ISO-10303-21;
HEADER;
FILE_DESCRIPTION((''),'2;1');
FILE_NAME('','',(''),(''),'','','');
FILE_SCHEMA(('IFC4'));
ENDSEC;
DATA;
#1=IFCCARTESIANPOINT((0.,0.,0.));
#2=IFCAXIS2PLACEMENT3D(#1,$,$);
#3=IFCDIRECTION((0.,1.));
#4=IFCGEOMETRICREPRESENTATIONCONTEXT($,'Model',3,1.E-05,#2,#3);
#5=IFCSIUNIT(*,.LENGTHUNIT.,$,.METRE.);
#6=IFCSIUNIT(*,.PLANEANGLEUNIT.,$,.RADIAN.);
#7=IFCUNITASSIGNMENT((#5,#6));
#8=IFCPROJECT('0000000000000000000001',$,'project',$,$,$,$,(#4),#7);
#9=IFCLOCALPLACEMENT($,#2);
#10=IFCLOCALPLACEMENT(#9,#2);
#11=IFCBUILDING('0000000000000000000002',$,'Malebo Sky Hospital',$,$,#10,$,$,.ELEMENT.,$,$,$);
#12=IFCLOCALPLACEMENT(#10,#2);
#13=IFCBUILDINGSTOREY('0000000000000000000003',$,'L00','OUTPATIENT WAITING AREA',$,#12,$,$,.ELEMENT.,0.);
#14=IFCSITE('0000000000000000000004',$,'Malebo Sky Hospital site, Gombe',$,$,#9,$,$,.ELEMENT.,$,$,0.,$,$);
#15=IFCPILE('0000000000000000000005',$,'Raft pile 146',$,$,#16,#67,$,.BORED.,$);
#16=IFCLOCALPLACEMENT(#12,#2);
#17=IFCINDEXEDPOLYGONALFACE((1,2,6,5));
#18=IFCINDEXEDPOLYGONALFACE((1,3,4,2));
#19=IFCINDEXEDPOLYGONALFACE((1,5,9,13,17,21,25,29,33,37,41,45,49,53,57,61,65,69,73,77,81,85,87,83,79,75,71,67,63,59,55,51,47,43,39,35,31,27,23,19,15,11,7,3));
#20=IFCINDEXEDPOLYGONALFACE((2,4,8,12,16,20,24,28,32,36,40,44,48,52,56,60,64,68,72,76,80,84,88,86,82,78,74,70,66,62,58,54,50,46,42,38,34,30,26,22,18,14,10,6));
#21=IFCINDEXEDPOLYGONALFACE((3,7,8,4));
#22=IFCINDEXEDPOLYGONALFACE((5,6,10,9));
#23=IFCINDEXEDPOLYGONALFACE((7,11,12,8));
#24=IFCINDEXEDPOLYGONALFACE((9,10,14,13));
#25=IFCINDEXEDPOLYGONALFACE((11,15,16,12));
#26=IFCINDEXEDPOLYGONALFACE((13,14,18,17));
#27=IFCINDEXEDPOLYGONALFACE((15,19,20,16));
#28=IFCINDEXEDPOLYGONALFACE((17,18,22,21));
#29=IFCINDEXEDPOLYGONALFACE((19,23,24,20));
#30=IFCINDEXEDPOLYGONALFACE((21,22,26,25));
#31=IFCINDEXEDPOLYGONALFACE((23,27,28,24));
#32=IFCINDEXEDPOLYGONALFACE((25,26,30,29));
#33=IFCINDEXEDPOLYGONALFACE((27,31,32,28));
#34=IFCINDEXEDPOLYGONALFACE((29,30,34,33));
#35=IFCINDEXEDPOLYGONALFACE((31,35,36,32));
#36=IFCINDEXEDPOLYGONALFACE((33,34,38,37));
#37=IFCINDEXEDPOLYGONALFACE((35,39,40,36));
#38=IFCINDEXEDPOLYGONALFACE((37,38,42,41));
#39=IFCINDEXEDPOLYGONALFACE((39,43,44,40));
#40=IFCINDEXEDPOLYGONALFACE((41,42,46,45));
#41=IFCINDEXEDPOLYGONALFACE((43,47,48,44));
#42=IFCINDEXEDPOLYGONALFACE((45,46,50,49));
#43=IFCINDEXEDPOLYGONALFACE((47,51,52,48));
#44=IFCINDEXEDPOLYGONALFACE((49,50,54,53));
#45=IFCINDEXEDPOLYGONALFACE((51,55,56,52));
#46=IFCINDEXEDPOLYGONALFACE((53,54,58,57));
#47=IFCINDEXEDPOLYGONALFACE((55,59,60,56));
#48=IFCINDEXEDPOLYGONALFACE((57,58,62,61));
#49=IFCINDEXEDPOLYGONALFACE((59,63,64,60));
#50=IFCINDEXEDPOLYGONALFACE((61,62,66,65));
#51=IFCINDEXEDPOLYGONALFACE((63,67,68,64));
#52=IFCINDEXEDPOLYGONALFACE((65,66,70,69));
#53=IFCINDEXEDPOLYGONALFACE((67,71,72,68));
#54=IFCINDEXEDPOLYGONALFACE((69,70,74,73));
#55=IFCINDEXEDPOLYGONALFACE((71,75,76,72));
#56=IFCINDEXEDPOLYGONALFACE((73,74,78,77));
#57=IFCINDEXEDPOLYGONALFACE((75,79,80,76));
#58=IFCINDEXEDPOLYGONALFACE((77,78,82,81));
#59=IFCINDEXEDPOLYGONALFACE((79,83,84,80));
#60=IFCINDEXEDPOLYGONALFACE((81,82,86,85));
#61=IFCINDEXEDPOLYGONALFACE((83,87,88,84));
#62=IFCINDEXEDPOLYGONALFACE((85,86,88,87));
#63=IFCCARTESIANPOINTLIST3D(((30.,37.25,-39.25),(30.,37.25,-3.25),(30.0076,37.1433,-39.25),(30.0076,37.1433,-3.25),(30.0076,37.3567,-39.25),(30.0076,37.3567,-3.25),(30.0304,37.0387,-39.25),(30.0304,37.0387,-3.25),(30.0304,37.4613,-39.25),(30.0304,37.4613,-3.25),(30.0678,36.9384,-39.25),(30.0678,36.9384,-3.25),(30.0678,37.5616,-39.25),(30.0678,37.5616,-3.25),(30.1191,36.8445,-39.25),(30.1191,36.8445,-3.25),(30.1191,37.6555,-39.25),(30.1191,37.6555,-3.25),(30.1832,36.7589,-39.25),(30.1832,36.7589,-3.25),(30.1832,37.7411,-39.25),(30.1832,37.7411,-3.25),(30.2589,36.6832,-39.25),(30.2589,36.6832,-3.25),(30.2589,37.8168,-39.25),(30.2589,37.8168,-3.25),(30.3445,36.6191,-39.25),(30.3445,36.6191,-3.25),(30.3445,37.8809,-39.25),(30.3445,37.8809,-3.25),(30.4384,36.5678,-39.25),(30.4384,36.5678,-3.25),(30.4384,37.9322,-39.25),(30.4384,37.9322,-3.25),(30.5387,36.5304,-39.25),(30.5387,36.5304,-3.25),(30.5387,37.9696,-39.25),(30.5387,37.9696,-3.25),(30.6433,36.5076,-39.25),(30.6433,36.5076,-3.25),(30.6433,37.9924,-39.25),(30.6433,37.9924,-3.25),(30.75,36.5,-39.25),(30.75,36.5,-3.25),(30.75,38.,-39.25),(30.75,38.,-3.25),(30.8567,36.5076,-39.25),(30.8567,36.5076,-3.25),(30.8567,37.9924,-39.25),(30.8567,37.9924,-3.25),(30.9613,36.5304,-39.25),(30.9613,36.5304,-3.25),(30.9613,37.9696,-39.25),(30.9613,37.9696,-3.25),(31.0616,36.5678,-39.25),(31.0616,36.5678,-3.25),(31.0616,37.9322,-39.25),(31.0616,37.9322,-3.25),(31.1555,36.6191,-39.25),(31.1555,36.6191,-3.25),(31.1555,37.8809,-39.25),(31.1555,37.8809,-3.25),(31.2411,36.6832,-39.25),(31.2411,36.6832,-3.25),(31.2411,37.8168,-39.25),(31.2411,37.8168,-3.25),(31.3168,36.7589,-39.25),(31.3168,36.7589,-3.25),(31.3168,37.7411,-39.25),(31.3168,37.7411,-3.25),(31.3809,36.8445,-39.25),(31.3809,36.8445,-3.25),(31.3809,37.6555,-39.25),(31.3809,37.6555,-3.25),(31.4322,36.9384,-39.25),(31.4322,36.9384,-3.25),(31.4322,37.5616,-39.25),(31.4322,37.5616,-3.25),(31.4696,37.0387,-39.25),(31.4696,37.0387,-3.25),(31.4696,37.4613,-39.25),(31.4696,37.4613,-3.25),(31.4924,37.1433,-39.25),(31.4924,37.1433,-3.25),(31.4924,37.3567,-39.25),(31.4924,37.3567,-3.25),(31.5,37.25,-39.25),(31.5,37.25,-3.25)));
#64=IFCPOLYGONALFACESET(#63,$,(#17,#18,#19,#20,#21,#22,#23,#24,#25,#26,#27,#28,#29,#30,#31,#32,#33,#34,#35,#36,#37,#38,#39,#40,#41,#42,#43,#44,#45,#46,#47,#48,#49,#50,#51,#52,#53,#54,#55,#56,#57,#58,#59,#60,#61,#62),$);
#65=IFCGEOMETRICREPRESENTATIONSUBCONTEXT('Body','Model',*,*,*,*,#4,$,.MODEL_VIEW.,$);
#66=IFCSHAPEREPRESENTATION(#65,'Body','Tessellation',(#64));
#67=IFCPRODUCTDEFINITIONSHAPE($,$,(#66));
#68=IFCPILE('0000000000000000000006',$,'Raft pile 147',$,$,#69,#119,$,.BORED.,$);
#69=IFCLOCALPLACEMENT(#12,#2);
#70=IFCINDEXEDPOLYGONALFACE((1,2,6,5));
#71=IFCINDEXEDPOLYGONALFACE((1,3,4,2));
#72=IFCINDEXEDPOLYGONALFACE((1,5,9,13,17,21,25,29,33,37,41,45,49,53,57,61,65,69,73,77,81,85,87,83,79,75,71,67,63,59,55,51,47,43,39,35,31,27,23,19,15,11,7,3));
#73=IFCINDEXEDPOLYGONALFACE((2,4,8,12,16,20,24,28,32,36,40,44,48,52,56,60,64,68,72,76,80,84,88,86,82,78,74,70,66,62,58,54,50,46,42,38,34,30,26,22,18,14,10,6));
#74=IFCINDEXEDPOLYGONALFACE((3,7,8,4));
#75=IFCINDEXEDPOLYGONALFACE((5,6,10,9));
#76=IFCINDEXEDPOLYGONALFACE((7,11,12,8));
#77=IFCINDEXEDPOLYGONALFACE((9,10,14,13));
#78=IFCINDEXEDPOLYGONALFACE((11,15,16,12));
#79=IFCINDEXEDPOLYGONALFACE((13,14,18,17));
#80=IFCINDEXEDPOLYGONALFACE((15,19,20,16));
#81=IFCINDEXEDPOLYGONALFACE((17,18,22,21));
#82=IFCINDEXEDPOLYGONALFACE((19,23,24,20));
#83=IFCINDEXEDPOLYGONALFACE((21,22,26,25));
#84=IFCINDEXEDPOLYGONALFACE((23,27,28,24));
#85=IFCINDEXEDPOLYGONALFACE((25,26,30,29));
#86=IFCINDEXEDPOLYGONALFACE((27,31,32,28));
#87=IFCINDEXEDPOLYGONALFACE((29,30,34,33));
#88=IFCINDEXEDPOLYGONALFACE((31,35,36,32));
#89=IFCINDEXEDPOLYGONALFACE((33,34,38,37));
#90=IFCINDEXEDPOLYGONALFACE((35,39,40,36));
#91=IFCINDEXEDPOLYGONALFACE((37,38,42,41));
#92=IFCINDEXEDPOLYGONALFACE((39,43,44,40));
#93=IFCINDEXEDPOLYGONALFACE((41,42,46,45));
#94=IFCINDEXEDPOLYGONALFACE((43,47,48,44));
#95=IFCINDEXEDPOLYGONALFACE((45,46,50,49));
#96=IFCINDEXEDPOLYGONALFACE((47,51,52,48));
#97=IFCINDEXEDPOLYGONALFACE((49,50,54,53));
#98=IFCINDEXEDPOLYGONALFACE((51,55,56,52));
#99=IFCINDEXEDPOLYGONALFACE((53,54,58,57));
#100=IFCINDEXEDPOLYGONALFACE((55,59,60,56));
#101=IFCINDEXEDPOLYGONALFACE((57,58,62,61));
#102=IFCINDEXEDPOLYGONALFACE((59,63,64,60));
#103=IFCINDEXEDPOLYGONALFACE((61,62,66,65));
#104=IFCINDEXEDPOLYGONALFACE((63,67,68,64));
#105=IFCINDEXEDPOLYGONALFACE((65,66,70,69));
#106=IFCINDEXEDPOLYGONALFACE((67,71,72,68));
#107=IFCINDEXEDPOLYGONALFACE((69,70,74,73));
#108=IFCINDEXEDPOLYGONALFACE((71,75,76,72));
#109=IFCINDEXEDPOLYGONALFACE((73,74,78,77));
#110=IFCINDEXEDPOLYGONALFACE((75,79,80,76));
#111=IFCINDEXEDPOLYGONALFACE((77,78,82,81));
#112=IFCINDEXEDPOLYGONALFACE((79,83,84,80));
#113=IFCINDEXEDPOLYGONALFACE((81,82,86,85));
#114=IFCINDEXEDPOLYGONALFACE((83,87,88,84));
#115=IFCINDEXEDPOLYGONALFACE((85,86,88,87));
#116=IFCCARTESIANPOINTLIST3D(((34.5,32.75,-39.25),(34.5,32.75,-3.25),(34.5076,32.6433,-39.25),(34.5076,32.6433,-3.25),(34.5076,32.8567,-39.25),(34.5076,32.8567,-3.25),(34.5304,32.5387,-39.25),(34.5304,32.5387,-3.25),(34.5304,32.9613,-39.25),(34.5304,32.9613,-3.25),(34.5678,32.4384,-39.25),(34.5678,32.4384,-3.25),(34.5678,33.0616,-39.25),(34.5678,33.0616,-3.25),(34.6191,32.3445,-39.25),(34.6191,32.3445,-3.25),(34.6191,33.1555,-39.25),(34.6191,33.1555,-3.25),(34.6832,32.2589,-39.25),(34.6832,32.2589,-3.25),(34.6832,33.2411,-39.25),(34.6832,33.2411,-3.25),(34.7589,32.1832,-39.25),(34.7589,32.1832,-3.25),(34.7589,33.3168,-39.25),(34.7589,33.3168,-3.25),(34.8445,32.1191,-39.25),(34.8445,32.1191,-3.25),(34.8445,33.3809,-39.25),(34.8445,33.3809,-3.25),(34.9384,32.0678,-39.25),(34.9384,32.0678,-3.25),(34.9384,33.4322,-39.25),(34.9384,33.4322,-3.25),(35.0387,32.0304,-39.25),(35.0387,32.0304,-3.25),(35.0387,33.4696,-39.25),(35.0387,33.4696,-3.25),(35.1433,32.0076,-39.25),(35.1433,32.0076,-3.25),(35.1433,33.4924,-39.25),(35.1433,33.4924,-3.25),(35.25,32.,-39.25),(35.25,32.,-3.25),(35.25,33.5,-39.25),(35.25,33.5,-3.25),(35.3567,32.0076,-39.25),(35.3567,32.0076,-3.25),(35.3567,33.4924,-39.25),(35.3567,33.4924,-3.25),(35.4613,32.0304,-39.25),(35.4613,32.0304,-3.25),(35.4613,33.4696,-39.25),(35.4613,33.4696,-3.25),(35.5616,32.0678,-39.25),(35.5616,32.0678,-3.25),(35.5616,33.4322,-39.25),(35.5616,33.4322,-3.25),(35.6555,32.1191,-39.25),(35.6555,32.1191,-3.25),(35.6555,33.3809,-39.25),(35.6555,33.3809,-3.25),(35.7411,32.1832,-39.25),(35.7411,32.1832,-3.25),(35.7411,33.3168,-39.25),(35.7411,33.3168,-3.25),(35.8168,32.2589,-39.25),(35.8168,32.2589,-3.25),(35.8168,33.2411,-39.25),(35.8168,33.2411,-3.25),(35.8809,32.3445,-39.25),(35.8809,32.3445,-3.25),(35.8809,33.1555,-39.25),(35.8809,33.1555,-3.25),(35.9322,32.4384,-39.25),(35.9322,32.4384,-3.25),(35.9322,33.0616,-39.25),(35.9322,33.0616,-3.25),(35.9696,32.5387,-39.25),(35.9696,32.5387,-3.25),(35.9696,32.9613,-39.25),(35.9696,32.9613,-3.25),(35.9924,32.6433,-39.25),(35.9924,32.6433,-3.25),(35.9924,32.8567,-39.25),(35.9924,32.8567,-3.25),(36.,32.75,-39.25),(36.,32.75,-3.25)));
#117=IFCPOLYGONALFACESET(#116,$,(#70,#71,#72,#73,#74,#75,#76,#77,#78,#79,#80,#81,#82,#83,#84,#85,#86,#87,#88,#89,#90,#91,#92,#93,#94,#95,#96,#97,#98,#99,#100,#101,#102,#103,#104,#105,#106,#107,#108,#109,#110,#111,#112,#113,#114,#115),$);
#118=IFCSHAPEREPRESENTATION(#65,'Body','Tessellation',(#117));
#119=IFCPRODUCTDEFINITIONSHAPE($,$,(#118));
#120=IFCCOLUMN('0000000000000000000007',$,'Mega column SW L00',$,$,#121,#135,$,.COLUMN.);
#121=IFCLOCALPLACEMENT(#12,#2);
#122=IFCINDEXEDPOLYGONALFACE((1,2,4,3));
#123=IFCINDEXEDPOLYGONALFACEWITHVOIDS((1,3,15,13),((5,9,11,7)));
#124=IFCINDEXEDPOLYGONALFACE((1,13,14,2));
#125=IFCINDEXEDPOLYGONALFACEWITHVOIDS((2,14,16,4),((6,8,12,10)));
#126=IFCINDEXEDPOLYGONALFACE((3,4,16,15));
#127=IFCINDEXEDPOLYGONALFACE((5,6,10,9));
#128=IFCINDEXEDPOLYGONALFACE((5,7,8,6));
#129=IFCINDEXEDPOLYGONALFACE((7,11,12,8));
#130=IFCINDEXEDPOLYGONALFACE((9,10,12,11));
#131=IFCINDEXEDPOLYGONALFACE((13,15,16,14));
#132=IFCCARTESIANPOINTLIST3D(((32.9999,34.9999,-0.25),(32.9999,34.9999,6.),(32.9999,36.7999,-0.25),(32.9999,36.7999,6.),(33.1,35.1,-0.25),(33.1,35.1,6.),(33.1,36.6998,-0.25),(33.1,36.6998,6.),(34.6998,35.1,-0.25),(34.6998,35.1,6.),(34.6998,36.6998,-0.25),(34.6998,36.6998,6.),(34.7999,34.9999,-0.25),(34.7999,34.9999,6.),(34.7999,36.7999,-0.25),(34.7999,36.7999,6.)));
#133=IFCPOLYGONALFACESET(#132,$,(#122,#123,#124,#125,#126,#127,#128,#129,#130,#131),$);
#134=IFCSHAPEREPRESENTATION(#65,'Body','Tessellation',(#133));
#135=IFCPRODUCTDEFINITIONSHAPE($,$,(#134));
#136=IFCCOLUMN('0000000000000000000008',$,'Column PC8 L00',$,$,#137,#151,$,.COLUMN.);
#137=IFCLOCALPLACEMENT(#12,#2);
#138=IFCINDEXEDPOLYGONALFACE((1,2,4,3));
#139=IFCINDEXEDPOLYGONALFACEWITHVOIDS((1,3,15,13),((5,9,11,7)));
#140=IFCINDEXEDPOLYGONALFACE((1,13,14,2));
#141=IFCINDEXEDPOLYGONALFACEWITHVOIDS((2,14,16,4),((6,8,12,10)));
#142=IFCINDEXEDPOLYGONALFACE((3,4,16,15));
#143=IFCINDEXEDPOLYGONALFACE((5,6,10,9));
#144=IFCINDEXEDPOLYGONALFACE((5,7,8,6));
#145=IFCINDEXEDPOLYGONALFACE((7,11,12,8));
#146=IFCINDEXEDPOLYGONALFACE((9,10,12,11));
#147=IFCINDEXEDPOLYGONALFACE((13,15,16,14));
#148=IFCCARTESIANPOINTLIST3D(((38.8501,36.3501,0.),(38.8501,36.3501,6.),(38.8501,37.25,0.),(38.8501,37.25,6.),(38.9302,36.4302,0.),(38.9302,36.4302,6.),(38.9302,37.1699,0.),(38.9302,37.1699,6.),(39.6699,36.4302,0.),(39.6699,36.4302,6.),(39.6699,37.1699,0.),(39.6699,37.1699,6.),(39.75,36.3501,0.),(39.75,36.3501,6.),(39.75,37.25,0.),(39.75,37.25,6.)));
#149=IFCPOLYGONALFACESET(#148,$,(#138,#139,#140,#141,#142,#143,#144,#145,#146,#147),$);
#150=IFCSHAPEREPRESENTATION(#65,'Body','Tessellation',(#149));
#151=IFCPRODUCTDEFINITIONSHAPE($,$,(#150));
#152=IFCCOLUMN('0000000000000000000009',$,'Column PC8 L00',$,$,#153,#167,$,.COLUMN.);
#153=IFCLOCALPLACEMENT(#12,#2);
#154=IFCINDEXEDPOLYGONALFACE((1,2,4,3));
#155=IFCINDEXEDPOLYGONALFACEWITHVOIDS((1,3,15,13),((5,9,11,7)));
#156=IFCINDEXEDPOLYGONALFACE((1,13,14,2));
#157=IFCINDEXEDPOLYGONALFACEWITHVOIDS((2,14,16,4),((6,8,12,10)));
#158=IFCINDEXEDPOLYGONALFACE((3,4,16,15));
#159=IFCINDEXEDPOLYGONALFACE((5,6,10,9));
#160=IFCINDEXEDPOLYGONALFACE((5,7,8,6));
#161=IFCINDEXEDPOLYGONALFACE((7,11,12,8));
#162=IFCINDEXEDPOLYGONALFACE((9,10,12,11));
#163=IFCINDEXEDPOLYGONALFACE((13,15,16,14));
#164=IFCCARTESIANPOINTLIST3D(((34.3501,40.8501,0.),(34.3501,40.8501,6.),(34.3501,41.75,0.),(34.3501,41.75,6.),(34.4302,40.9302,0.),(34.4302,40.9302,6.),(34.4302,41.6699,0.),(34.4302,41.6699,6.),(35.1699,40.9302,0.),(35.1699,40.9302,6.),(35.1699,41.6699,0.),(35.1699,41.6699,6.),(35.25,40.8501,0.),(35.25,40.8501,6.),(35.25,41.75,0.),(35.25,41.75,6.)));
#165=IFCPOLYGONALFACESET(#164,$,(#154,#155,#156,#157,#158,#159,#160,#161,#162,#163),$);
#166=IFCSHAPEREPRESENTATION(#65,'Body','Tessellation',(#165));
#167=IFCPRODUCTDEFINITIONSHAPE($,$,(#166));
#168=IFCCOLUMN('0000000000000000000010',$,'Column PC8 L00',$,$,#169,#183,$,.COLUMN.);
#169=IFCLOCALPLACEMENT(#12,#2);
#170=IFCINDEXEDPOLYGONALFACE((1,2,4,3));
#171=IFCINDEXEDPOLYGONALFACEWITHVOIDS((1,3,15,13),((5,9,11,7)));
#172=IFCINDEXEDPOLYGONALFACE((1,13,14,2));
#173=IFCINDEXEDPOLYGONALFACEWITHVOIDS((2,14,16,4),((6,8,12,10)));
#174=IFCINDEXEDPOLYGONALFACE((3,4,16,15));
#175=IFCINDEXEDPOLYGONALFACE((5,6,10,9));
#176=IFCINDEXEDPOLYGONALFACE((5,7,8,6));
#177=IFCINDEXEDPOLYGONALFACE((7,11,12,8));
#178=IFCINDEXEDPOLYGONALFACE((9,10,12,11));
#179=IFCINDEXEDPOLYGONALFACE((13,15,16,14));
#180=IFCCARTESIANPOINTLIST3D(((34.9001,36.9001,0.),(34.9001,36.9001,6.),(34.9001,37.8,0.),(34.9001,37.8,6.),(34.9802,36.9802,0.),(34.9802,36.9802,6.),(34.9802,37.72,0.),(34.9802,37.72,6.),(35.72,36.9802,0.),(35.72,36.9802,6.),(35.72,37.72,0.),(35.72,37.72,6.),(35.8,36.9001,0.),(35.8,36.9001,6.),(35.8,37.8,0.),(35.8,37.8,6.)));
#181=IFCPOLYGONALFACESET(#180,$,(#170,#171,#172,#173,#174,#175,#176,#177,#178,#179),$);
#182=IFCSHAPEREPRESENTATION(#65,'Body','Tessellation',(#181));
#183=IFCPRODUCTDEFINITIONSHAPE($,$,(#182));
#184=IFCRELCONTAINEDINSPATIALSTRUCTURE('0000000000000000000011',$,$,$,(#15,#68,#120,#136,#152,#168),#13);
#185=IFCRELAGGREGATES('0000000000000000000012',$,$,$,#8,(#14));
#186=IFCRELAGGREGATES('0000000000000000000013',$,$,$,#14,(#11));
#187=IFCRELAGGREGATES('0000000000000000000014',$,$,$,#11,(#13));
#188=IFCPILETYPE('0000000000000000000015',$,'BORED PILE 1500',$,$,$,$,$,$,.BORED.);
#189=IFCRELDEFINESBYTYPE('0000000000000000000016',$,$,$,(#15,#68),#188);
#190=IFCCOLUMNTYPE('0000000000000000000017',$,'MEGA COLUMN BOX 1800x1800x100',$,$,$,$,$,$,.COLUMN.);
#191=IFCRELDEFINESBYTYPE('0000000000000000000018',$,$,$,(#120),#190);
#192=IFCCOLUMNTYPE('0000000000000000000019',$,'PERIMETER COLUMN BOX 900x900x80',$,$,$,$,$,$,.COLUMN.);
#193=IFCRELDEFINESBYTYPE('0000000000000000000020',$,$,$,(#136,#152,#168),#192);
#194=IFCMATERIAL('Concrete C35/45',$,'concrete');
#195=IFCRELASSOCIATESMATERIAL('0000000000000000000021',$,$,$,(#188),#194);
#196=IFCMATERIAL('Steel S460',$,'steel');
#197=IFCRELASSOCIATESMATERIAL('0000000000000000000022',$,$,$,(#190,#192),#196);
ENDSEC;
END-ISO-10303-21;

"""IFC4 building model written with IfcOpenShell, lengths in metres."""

from ifc_helpers import new_model, si_unit, direction, frame, origin, origin_2d, place, context, subcontext, project, spatial, hollow_rectangle, circle, extrude, material, material_profile, profile_set, type_object, element, save


model = new_model("IFC4")

# Units and contexts
model_context = context("Model", 3, precision=1e-05, world=origin(), true_north=direction((0.0, 1.0)))
body_context = subcontext(model_context, "Body", "Model", "MODEL_VIEW")
ifc_project = project(units=[si_unit("LENGTHUNIT", "METRE"), si_unit("PLANEANGLEUNIT", "RADIAN")], contexts=[model_context])

# Site, building, storey
site_placement = place(None, origin())
site = spatial("IfcSite", under=ifc_project, at=site_placement, Name="Malebo Sky Hospital site, Gombe", CompositionType="ELEMENT", RefElevation=0.0)
building_placement = place(site_placement, origin())
building = spatial("IfcBuilding", under=site, at=building_placement, Name="Malebo Sky Hospital", CompositionType="ELEMENT")
storey_placement = place(building_placement, origin())
storey = spatial("IfcBuildingStorey", under=building, at=storey_placement, Name="L00", Description="OUTPATIENT WAITING AREA", CompositionType="ELEMENT", Elevation=0.0)

# Piles
ifc_material_1 = material(Name="Concrete C35/45", Category="concrete")
ifc_material_profile_1 = material_profile(ifc_material_1, circle(Radius=0.75, at=origin_2d()), Name="BP 1500")
ifc_profile_set_1 = profile_set([ifc_material_profile_1], Name="Concrete C35/45")
pile_type = type_object("IfcPileType", Name="BORED PILE 1500", PredefinedType="BORED", material=ifc_profile_set_1)
for number, where, z_axis, x_axis, name in (
    (1, (30.75, 37.25, -3.25), (0.0, 0.0, -1.0), (1.0, 0.0, 0.0), "Raft pile 146"),
    (2, (35.25, 32.75, -3.25), (0.0, 0.0, -1.0), (1.0, 0.0, 0.0), "Raft pile 147"),
):
    element("IfcPile", number, at=place(storey_placement, frame(where, z_axis=z_axis, x_axis=x_axis)), inside=storey, type_object=pile_type, Name=name, PredefinedType="BORED", context=body_context, shape_type="SweptSolid", body=[
        extrude(circle(Radius=0.75, at=origin_2d()), origin(), (0.0, 0.0, 1.0), 36.0),
    ])

# Columns
ifc_material_2 = material(Name="Steel S460", Category="steel")
ifc_material_profile_2 = material_profile(ifc_material_2, hollow_rectangle(XDim=1.8, YDim=1.8, WallThickness=0.1001, at=origin_2d()), Name="BOX 1800x1800x100")
ifc_profile_set_2 = profile_set([ifc_material_profile_2], Name="Steel S460")
column_type_1 = type_object("IfcColumnType", Name="MEGA COLUMN BOX 1800x1800x100", PredefinedType="COLUMN", material=ifc_profile_set_2)
column_1_placement = place(storey_placement, frame((33.8999, 35.8999, -0.25), z_axis=(0.0, 0.0, 1.0), x_axis=(1.0, 0.0, 0.0)))
element("IfcColumn", 3, at=column_1_placement, inside=storey, type_object=column_type_1, Name="Mega column SW L00", PredefinedType="COLUMN", context=body_context, shape_type="SweptSolid", body=[
    extrude(hollow_rectangle(XDim=1.8, YDim=1.8, WallThickness=0.1001, at=origin_2d()), origin(), (0.0, 0.0, 1.0), 6.25),
])
ifc_material_profile_3 = material_profile(ifc_material_2, hollow_rectangle(XDim=0.8999, YDim=0.8999, WallThickness=0.0801, at=origin_2d()), Name="BOX 900x900x80")
ifc_profile_set_3 = profile_set([ifc_material_profile_3], Name="Steel S460")
column_type_2 = type_object("IfcColumnType", Name="PERIMETER COLUMN BOX 900x900x80", PredefinedType="COLUMN", material=ifc_profile_set_3)
for number, where, z_axis, x_axis, name in (
    (4, (39.3, 36.8, 0.0), (0.0, 0.0, 1.0), (1.0, 0.0, 0.0), "Column PC8 L00"),
    (5, (34.8, 41.3, 0.0), (0.0, 0.0, 1.0), (1.0, 0.0, 0.0), "Column PC8 L00"),
    (6, (35.3501, 37.3501, 0.0), (0.0, 0.0, 1.0), (1.0, 0.0, 0.0), "Column PC8 L00"),
):
    element("IfcColumn", number, at=place(storey_placement, frame(where, z_axis=z_axis, x_axis=x_axis)), inside=storey, type_object=column_type_2, Name=name, PredefinedType="COLUMN", context=body_context, shape_type="SweptSolid", body=[
        extrude(hollow_rectangle(XDim=0.8999, YDim=0.8999, WallThickness=0.0801, at=origin_2d()), origin(), (0.0, 0.0, 1.0), 6.0),
    ])

save(model, "model.ifc")
